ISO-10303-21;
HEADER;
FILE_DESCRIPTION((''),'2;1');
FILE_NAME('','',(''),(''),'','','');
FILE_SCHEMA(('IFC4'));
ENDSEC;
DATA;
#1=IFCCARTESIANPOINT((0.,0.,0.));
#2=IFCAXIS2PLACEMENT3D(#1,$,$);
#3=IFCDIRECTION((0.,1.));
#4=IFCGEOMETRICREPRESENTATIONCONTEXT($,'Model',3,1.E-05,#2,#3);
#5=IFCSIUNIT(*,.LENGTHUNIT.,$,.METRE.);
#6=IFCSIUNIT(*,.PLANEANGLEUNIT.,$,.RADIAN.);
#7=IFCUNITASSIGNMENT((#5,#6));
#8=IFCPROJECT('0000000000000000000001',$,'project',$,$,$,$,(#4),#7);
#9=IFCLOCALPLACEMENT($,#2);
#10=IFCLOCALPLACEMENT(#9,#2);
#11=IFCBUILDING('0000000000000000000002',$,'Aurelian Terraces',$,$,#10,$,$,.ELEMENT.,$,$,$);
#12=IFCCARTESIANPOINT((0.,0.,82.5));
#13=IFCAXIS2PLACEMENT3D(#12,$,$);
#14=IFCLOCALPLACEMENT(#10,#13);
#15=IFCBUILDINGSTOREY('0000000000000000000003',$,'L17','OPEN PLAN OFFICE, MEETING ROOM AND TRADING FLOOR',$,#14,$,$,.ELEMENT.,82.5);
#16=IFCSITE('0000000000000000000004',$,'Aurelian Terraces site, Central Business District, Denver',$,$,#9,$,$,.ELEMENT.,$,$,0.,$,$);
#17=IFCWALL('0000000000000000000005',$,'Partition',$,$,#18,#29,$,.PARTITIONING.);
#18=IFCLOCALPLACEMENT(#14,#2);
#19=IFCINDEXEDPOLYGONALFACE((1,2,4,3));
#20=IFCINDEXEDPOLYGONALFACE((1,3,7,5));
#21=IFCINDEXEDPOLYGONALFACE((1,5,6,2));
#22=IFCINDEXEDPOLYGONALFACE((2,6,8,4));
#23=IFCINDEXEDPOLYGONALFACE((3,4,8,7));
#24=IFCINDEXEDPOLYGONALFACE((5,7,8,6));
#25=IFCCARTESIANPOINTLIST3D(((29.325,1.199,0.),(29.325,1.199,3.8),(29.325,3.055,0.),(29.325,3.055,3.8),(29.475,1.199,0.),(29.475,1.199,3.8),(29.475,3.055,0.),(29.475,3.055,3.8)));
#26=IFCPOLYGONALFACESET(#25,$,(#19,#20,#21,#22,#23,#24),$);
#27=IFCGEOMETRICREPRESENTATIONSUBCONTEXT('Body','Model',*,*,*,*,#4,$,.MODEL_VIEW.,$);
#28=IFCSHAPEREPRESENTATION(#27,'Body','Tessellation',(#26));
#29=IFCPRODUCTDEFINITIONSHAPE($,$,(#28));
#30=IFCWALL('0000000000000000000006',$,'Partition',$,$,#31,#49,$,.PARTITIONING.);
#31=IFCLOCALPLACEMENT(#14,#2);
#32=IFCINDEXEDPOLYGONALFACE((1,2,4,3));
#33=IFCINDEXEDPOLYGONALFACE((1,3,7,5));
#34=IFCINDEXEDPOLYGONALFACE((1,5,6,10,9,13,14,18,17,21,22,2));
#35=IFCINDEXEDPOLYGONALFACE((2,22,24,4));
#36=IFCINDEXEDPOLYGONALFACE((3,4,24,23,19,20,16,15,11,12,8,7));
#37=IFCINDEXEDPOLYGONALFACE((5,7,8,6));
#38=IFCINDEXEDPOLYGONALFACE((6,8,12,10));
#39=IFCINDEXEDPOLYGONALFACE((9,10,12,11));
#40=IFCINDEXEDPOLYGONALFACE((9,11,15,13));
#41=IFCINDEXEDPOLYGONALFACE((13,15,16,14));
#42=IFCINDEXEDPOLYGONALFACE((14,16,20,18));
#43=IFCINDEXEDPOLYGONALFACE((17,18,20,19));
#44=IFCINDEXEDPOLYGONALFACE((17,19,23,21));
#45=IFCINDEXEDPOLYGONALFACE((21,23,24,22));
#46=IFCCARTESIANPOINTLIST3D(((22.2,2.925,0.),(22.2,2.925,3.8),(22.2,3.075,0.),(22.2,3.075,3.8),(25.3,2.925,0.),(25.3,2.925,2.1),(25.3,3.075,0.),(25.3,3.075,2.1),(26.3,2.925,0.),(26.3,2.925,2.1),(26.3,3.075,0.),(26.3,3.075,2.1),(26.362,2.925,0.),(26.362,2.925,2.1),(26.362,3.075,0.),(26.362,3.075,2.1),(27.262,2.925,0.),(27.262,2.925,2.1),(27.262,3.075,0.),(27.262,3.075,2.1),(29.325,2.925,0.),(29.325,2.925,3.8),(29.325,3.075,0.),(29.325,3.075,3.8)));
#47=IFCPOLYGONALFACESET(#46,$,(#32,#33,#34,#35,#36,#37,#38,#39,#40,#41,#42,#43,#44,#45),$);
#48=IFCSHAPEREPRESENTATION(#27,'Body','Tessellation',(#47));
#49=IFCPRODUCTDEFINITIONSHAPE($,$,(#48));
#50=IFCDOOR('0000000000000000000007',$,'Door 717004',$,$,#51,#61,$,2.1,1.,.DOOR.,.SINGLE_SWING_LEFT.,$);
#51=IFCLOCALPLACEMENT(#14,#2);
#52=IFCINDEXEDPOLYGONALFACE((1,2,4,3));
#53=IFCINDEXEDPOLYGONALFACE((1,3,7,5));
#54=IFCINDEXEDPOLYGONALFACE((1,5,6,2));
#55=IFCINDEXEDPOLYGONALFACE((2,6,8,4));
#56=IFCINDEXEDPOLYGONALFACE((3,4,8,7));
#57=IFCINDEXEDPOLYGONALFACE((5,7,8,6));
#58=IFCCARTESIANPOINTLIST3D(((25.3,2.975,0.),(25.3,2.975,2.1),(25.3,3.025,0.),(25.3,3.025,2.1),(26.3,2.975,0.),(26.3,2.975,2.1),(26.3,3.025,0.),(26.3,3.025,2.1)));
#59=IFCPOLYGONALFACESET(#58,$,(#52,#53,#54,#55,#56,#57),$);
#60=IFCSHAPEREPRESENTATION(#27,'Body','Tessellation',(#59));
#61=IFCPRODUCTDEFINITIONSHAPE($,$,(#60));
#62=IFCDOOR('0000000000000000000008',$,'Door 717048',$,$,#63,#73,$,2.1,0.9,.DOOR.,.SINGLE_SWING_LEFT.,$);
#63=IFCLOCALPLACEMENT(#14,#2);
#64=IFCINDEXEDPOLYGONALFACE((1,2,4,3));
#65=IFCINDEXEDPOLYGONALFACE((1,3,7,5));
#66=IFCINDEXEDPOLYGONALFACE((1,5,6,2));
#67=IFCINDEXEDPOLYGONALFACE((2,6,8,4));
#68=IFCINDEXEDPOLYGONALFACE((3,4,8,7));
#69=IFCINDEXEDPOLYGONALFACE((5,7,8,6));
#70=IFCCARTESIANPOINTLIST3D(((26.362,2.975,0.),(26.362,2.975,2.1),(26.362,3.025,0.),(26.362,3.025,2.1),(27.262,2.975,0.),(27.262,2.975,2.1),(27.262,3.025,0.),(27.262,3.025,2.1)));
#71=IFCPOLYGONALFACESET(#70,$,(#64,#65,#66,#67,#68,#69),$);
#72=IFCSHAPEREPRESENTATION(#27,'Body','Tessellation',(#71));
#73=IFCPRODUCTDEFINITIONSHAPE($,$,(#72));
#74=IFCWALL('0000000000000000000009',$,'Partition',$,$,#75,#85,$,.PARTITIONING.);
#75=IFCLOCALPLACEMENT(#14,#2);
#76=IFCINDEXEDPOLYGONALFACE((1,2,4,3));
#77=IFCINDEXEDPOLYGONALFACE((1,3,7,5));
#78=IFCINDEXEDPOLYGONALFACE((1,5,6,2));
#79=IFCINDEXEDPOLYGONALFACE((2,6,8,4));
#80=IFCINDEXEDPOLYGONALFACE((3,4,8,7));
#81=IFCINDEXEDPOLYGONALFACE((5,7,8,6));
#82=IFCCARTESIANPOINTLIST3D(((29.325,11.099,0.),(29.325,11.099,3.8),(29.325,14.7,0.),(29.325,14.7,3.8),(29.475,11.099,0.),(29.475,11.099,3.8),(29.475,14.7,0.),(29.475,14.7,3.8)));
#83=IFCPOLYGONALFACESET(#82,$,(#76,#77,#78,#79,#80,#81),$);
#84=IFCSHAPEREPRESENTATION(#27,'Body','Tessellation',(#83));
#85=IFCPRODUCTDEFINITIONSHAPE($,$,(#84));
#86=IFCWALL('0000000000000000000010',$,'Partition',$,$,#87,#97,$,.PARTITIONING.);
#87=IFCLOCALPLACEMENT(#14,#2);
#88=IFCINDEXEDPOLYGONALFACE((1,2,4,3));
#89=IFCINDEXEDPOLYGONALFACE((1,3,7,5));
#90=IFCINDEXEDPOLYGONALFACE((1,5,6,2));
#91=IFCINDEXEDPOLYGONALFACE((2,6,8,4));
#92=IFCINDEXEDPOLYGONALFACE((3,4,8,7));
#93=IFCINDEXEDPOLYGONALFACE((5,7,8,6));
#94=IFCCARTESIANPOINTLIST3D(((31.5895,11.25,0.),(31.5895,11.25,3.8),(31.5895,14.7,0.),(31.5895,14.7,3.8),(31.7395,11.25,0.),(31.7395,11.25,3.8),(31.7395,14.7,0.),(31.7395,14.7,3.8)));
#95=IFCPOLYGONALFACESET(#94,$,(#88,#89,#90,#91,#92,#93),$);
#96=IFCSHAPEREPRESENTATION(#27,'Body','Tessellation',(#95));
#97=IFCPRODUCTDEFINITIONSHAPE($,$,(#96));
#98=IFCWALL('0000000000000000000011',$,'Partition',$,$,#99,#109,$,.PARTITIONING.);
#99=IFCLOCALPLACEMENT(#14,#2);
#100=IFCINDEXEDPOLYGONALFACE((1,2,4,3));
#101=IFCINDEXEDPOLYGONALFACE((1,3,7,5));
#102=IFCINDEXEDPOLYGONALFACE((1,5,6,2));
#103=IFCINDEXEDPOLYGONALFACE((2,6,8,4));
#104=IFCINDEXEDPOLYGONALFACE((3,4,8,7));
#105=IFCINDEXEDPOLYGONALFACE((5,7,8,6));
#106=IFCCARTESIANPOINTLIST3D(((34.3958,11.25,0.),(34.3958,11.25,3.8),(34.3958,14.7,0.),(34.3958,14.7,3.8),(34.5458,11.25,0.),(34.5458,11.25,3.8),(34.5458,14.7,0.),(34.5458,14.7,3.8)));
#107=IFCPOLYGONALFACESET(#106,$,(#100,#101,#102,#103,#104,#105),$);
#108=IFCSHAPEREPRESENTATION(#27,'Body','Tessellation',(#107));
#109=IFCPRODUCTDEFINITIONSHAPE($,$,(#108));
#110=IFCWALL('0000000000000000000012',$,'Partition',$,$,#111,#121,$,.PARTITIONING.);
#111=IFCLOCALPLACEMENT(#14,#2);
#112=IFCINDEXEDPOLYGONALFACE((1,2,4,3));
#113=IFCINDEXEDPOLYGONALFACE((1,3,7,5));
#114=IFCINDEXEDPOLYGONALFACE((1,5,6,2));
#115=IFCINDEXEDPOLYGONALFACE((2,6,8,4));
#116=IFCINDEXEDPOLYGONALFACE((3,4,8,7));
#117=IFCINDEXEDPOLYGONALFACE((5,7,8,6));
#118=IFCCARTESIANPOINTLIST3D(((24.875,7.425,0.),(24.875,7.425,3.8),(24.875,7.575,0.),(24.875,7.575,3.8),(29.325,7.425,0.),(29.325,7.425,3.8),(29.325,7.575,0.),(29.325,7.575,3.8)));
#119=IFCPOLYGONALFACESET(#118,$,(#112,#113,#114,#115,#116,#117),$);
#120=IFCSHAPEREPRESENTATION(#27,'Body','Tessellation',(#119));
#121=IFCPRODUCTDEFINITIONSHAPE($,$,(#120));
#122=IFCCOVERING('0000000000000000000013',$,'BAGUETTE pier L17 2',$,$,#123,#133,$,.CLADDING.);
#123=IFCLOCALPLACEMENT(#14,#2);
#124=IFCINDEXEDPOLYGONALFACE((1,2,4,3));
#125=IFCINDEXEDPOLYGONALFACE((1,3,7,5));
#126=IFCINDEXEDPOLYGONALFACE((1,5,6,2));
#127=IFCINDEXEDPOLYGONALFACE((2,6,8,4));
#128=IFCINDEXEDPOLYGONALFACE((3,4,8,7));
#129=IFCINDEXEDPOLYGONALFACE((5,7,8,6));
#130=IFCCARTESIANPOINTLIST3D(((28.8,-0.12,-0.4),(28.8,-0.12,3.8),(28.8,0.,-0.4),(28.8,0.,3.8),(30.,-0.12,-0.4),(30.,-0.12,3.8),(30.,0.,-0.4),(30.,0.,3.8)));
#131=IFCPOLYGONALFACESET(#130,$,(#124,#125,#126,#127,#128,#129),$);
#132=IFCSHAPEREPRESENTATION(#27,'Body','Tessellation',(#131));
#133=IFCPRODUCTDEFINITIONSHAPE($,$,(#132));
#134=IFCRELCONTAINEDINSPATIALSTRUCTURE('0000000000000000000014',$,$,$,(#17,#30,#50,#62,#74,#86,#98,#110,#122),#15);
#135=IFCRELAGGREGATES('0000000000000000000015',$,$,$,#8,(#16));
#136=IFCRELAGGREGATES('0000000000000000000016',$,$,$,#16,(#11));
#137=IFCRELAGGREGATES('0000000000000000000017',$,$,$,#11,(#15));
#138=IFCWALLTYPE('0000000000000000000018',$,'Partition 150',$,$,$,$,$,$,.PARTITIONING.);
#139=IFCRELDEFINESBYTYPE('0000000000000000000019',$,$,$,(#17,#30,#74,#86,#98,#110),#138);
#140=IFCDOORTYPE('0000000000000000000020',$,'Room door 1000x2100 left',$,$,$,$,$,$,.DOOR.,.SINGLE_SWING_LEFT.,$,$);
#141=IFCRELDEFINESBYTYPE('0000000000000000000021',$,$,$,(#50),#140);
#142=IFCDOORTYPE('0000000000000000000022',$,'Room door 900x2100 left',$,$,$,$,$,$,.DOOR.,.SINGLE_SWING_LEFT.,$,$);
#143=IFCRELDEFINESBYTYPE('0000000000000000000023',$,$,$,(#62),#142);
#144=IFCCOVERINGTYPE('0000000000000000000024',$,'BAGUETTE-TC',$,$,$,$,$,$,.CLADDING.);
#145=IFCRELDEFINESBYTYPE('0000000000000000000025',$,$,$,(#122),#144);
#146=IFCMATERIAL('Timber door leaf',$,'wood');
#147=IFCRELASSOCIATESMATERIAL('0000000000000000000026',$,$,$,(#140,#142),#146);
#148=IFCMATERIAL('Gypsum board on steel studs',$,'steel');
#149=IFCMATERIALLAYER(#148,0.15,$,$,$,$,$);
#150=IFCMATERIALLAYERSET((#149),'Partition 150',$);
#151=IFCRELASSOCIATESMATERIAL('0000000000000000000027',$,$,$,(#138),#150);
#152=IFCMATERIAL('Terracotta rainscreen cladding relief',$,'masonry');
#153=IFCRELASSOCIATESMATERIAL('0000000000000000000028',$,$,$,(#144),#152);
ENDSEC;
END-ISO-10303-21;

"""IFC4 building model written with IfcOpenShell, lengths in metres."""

from ifc_helpers import new_model, si_unit, direction, frame, frame_2d, origin, origin_2d, place, context, subcontext, project, spatial, rectangle, extrude, source, transform, mapped, material, layer, layer_set, type_object, element, fill, save


model = new_model("IFC4")

# Units and contexts
model_context = context("Model", 3, precision=1e-05, world=origin(), true_north=direction((0.0, 1.0)))
body_context = subcontext(model_context, "Body", "Model", "MODEL_VIEW")
ifc_project = project(units=[si_unit("LENGTHUNIT", "METRE"), si_unit("PLANEANGLEUNIT", "RADIAN")], contexts=[model_context])

# Site, building, storey
site_placement = place(None, origin())
site = spatial("IfcSite", under=ifc_project, at=site_placement, Name="Aurelian Terraces site, Central Business District, Denver", CompositionType="ELEMENT", RefElevation=0.0)
building_placement = place(site_placement, origin())
building = spatial("IfcBuilding", under=site, at=building_placement, Name="Aurelian Terraces", CompositionType="ELEMENT")
storey_placement = place(building_placement, frame((0.0, 0.0, 82.5)))
storey = spatial("IfcBuildingStorey", under=building, at=storey_placement, Name="L17", Description="OPEN PLAN OFFICE, MEETING ROOM AND TRADING FLOOR", CompositionType="ELEMENT", Elevation=82.5)

# Shared definitions
ifc_material_1 = material(Name="Timber door leaf", Category="wood")
door_type_1 = type_object("IfcDoorType", Name="Room door 1000x2100 left", OperationType="SINGLE_SWING_LEFT", PredefinedType="DOOR", material=ifc_material_1)
shared_shape_1 = source(origin(), body_context, "Body", "SweptSolid", [
    extrude(rectangle(XDim=1.0, YDim=2.1, at=frame_2d((0.5, 1.05))), frame((0.0, 0.025, 0.0), z_axis=(0.0, -1.0, 0.0), x_axis=(1.0, 0.0, 0.0)), (0.0, 0.0, 1.0), 0.05),
])

# Wall
ifc_material_2 = material(Name="Gypsum board on steel studs", Category="steel")
ifc_layer_1 = layer(ifc_material_2, 0.15)
ifc_layer_set_1 = layer_set([ifc_layer_1], Name="Partition 150")
wall_type_1 = type_object("IfcWallType", Name="Partition 150", PredefinedType="PARTITIONING", material=ifc_layer_set_1)
shared_shape_2 = source(origin(), body_context, "Body", "SweptSolid", [
    extrude(rectangle(XDim=1.856, YDim=0.15, at=frame_2d((0.928, 0.0))), origin(), (0.0, 0.0, 1.0), 3.8),
])
wall_1_placement = place(storey_placement, frame((29.4, 1.199, 0.0), z_axis=(0.0, 0.0, 1.0), x_axis=(0.0, 1.0, 0.0)))
element("IfcWall", 1, at=wall_1_placement, inside=storey, type_object=wall_type_1, Name="Partition", PredefinedType="PARTITIONING", context=body_context, shape_type="MappedRepresentation", body=[
    mapped(shared_shape_2, transform((0.0, 0.0, 0.0), scale=1.0)),
])

# Wall, openings, doors
shared_shape_3 = source(origin(), body_context, "Body", "SweptSolid", [
    extrude(rectangle(XDim=7.125, YDim=0.15, at=frame_2d((3.5625, 0.0))), origin(), (0.0, 0.0, 1.0), 3.8),
])
wall_2_placement = place(storey_placement, frame((22.2, 3.0, 0.0), z_axis=(0.0, 0.0, 1.0), x_axis=(1.0, 0.0, 0.0)))
wall_2 = element("IfcWall", 2, at=wall_2_placement, inside=storey, type_object=wall_type_1, Name="Partition", PredefinedType="PARTITIONING", context=body_context, shape_type="MappedRepresentation", body=[
    mapped(shared_shape_3, transform((0.0, 0.0, 0.0), scale=1.0)),
])
shared_shape_4 = source(origin(), body_context, "Body", "SweptSolid", [
    extrude(rectangle(XDim=1.0, YDim=2.1, at=frame_2d((0.5, 1.05))), frame((0.0, 0.085, 0.0), z_axis=(0.0, -1.0, 0.0), x_axis=(1.0, 0.0, 0.0)), (0.0, 0.0, 1.0), 0.17),
])
opening_1_placement = place(wall_2_placement, frame((3.1, 0.0, 0.0)))
opening_1 = element("IfcOpeningElement", 3, at=opening_1_placement, cuts=wall_2, PredefinedType="OPENING", context=body_context, shape_type="MappedRepresentation", body=[
    mapped(shared_shape_4, transform((0.0, 0.0, 0.0), scale=1.0)),
])
shared_shape_5 = source(origin(), body_context, "Body", "SweptSolid", [
    extrude(rectangle(XDim=0.9, YDim=2.1, at=frame_2d((0.45, 1.05))), frame((0.0, 0.085, 0.0), z_axis=(0.0, -1.0, 0.0), x_axis=(1.0, 0.0, 0.0)), (0.0, 0.0, 1.0), 0.17),
])
opening_2_placement = place(wall_2_placement, frame((4.162, 0.0, 0.0)))
opening_2 = element("IfcOpeningElement", 4, at=opening_2_placement, cuts=wall_2, PredefinedType="OPENING", context=body_context, shape_type="MappedRepresentation", body=[
    mapped(shared_shape_5, transform((0.0, 0.0, 0.0), scale=1.0)),
])
door_1_placement = place(opening_1_placement, origin())
door_1 = element("IfcDoor", 5, at=door_1_placement, inside=storey, type_object=door_type_1, Name="Door 717004", OperationType="SINGLE_SWING_LEFT", OverallHeight=2.1, OverallWidth=1.0, PredefinedType="DOOR", context=body_context, shape_type="MappedRepresentation", body=[
    mapped(shared_shape_1, transform((0.0, 0.0, 0.0), scale=1.0)),
])
fill(opening_1, door_1)
door_type_2 = type_object("IfcDoorType", Name="Room door 900x2100 left", OperationType="SINGLE_SWING_LEFT", PredefinedType="DOOR", material=ifc_material_1)
shared_shape_6 = source(origin(), body_context, "Body", "SweptSolid", [
    extrude(rectangle(XDim=0.9, YDim=2.1, at=frame_2d((0.45, 1.05))), frame((0.0, 0.025, 0.0), z_axis=(0.0, -1.0, 0.0), x_axis=(1.0, 0.0, 0.0)), (0.0, 0.0, 1.0), 0.05),
])
door_2_placement = place(opening_2_placement, origin())
door_2 = element("IfcDoor", 6, at=door_2_placement, inside=storey, type_object=door_type_2, Name="Door 717048", OperationType="SINGLE_SWING_LEFT", OverallHeight=2.1, OverallWidth=0.9, PredefinedType="DOOR", context=body_context, shape_type="MappedRepresentation", body=[
    mapped(shared_shape_6, transform((0.0, 0.0, 0.0), scale=1.0)),
])
fill(opening_2, door_2)

# Walls
shared_shape_7 = source(origin(), body_context, "Body", "SweptSolid", [
    extrude(rectangle(XDim=3.601, YDim=0.15, at=frame_2d((1.8005, 0.0))), origin(), (0.0, 0.0, 1.0), 3.8),
])
wall_3_placement = place(storey_placement, frame((29.4, 11.099, 0.0), z_axis=(0.0, 0.0, 1.0), x_axis=(0.0, 1.0, 0.0)))
element("IfcWall", 7, at=wall_3_placement, inside=storey, type_object=wall_type_1, Name="Partition", PredefinedType="PARTITIONING", context=body_context, shape_type="MappedRepresentation", body=[
    mapped(shared_shape_7, transform((0.0, 0.0, 0.0), scale=1.0)),
])
shared_shape_8 = source(origin(), body_context, "Body", "SweptSolid", [
    extrude(rectangle(XDim=3.45, YDim=0.15, at=frame_2d((1.725, 0.0))), origin(), (0.0, 0.0, 1.0), 3.8),
])
for number, where, z_axis, x_axis, name in (
    (8, (31.6645, 11.25, 0.0), (0.0, 0.0, 1.0), (0.0, 1.0, 0.0), "Partition"),
    (9, (34.4708, 11.25, 0.0), (0.0, 0.0, 1.0), (0.0, 1.0, 0.0), "Partition"),
):
    element("IfcWall", number, at=place(storey_placement, frame(where, z_axis=z_axis, x_axis=x_axis)), inside=storey, type_object=wall_type_1, Name=name, PredefinedType="PARTITIONING", context=body_context, shape_type="MappedRepresentation", body=[
        mapped(shared_shape_8, transform((0.0, 0.0, 0.0), scale=1.0)),
    ])
shared_shape_9 = source(origin(), body_context, "Body", "SweptSolid", [
    extrude(rectangle(XDim=4.45, YDim=0.15, at=frame_2d((2.225, 0.0))), origin(), (0.0, 0.0, 1.0), 3.8),
])
wall_4_placement = place(storey_placement, frame((29.325, 7.5, 0.0), z_axis=(0.0, 0.0, 1.0), x_axis=(-1.0, 0.0, 0.0)))
element("IfcWall", 10, at=wall_4_placement, inside=storey, type_object=wall_type_1, Name="Partition", PredefinedType="PARTITIONING", context=body_context, shape_type="MappedRepresentation", body=[
    mapped(shared_shape_9, transform((0.0, 0.0, 0.0), scale=1.0)),
])

# Covering
ifc_material_3 = material(Name="Terracotta rainscreen cladding relief", Category="masonry")
covering_type = type_object("IfcCoveringType", Name="BAGUETTE-TC", PredefinedType="CLADDING", material=ifc_material_3)
shared_shape_10 = source(origin(), body_context, "Body", "SweptSolid", [
    extrude(rectangle(XDim=1.2, YDim=0.12, at=origin_2d()), origin(), (0.0, 0.0, 1.0), 4.2),
])
covering_placement = place(storey_placement, frame((29.4, -0.06, -0.4), z_axis=(0.0, 0.0, 1.0), x_axis=(1.0, 0.0, 0.0)))
element("IfcCovering", 11, at=covering_placement, inside=storey, type_object=covering_type, Name="BAGUETTE pier L17 2", PredefinedType="CLADDING", context=body_context, shape_type="MappedRepresentation", body=[
    mapped(shared_shape_10, transform((0.0, 0.0, 0.0), scale=1.0)),
])

save(model, "model.ifc")
